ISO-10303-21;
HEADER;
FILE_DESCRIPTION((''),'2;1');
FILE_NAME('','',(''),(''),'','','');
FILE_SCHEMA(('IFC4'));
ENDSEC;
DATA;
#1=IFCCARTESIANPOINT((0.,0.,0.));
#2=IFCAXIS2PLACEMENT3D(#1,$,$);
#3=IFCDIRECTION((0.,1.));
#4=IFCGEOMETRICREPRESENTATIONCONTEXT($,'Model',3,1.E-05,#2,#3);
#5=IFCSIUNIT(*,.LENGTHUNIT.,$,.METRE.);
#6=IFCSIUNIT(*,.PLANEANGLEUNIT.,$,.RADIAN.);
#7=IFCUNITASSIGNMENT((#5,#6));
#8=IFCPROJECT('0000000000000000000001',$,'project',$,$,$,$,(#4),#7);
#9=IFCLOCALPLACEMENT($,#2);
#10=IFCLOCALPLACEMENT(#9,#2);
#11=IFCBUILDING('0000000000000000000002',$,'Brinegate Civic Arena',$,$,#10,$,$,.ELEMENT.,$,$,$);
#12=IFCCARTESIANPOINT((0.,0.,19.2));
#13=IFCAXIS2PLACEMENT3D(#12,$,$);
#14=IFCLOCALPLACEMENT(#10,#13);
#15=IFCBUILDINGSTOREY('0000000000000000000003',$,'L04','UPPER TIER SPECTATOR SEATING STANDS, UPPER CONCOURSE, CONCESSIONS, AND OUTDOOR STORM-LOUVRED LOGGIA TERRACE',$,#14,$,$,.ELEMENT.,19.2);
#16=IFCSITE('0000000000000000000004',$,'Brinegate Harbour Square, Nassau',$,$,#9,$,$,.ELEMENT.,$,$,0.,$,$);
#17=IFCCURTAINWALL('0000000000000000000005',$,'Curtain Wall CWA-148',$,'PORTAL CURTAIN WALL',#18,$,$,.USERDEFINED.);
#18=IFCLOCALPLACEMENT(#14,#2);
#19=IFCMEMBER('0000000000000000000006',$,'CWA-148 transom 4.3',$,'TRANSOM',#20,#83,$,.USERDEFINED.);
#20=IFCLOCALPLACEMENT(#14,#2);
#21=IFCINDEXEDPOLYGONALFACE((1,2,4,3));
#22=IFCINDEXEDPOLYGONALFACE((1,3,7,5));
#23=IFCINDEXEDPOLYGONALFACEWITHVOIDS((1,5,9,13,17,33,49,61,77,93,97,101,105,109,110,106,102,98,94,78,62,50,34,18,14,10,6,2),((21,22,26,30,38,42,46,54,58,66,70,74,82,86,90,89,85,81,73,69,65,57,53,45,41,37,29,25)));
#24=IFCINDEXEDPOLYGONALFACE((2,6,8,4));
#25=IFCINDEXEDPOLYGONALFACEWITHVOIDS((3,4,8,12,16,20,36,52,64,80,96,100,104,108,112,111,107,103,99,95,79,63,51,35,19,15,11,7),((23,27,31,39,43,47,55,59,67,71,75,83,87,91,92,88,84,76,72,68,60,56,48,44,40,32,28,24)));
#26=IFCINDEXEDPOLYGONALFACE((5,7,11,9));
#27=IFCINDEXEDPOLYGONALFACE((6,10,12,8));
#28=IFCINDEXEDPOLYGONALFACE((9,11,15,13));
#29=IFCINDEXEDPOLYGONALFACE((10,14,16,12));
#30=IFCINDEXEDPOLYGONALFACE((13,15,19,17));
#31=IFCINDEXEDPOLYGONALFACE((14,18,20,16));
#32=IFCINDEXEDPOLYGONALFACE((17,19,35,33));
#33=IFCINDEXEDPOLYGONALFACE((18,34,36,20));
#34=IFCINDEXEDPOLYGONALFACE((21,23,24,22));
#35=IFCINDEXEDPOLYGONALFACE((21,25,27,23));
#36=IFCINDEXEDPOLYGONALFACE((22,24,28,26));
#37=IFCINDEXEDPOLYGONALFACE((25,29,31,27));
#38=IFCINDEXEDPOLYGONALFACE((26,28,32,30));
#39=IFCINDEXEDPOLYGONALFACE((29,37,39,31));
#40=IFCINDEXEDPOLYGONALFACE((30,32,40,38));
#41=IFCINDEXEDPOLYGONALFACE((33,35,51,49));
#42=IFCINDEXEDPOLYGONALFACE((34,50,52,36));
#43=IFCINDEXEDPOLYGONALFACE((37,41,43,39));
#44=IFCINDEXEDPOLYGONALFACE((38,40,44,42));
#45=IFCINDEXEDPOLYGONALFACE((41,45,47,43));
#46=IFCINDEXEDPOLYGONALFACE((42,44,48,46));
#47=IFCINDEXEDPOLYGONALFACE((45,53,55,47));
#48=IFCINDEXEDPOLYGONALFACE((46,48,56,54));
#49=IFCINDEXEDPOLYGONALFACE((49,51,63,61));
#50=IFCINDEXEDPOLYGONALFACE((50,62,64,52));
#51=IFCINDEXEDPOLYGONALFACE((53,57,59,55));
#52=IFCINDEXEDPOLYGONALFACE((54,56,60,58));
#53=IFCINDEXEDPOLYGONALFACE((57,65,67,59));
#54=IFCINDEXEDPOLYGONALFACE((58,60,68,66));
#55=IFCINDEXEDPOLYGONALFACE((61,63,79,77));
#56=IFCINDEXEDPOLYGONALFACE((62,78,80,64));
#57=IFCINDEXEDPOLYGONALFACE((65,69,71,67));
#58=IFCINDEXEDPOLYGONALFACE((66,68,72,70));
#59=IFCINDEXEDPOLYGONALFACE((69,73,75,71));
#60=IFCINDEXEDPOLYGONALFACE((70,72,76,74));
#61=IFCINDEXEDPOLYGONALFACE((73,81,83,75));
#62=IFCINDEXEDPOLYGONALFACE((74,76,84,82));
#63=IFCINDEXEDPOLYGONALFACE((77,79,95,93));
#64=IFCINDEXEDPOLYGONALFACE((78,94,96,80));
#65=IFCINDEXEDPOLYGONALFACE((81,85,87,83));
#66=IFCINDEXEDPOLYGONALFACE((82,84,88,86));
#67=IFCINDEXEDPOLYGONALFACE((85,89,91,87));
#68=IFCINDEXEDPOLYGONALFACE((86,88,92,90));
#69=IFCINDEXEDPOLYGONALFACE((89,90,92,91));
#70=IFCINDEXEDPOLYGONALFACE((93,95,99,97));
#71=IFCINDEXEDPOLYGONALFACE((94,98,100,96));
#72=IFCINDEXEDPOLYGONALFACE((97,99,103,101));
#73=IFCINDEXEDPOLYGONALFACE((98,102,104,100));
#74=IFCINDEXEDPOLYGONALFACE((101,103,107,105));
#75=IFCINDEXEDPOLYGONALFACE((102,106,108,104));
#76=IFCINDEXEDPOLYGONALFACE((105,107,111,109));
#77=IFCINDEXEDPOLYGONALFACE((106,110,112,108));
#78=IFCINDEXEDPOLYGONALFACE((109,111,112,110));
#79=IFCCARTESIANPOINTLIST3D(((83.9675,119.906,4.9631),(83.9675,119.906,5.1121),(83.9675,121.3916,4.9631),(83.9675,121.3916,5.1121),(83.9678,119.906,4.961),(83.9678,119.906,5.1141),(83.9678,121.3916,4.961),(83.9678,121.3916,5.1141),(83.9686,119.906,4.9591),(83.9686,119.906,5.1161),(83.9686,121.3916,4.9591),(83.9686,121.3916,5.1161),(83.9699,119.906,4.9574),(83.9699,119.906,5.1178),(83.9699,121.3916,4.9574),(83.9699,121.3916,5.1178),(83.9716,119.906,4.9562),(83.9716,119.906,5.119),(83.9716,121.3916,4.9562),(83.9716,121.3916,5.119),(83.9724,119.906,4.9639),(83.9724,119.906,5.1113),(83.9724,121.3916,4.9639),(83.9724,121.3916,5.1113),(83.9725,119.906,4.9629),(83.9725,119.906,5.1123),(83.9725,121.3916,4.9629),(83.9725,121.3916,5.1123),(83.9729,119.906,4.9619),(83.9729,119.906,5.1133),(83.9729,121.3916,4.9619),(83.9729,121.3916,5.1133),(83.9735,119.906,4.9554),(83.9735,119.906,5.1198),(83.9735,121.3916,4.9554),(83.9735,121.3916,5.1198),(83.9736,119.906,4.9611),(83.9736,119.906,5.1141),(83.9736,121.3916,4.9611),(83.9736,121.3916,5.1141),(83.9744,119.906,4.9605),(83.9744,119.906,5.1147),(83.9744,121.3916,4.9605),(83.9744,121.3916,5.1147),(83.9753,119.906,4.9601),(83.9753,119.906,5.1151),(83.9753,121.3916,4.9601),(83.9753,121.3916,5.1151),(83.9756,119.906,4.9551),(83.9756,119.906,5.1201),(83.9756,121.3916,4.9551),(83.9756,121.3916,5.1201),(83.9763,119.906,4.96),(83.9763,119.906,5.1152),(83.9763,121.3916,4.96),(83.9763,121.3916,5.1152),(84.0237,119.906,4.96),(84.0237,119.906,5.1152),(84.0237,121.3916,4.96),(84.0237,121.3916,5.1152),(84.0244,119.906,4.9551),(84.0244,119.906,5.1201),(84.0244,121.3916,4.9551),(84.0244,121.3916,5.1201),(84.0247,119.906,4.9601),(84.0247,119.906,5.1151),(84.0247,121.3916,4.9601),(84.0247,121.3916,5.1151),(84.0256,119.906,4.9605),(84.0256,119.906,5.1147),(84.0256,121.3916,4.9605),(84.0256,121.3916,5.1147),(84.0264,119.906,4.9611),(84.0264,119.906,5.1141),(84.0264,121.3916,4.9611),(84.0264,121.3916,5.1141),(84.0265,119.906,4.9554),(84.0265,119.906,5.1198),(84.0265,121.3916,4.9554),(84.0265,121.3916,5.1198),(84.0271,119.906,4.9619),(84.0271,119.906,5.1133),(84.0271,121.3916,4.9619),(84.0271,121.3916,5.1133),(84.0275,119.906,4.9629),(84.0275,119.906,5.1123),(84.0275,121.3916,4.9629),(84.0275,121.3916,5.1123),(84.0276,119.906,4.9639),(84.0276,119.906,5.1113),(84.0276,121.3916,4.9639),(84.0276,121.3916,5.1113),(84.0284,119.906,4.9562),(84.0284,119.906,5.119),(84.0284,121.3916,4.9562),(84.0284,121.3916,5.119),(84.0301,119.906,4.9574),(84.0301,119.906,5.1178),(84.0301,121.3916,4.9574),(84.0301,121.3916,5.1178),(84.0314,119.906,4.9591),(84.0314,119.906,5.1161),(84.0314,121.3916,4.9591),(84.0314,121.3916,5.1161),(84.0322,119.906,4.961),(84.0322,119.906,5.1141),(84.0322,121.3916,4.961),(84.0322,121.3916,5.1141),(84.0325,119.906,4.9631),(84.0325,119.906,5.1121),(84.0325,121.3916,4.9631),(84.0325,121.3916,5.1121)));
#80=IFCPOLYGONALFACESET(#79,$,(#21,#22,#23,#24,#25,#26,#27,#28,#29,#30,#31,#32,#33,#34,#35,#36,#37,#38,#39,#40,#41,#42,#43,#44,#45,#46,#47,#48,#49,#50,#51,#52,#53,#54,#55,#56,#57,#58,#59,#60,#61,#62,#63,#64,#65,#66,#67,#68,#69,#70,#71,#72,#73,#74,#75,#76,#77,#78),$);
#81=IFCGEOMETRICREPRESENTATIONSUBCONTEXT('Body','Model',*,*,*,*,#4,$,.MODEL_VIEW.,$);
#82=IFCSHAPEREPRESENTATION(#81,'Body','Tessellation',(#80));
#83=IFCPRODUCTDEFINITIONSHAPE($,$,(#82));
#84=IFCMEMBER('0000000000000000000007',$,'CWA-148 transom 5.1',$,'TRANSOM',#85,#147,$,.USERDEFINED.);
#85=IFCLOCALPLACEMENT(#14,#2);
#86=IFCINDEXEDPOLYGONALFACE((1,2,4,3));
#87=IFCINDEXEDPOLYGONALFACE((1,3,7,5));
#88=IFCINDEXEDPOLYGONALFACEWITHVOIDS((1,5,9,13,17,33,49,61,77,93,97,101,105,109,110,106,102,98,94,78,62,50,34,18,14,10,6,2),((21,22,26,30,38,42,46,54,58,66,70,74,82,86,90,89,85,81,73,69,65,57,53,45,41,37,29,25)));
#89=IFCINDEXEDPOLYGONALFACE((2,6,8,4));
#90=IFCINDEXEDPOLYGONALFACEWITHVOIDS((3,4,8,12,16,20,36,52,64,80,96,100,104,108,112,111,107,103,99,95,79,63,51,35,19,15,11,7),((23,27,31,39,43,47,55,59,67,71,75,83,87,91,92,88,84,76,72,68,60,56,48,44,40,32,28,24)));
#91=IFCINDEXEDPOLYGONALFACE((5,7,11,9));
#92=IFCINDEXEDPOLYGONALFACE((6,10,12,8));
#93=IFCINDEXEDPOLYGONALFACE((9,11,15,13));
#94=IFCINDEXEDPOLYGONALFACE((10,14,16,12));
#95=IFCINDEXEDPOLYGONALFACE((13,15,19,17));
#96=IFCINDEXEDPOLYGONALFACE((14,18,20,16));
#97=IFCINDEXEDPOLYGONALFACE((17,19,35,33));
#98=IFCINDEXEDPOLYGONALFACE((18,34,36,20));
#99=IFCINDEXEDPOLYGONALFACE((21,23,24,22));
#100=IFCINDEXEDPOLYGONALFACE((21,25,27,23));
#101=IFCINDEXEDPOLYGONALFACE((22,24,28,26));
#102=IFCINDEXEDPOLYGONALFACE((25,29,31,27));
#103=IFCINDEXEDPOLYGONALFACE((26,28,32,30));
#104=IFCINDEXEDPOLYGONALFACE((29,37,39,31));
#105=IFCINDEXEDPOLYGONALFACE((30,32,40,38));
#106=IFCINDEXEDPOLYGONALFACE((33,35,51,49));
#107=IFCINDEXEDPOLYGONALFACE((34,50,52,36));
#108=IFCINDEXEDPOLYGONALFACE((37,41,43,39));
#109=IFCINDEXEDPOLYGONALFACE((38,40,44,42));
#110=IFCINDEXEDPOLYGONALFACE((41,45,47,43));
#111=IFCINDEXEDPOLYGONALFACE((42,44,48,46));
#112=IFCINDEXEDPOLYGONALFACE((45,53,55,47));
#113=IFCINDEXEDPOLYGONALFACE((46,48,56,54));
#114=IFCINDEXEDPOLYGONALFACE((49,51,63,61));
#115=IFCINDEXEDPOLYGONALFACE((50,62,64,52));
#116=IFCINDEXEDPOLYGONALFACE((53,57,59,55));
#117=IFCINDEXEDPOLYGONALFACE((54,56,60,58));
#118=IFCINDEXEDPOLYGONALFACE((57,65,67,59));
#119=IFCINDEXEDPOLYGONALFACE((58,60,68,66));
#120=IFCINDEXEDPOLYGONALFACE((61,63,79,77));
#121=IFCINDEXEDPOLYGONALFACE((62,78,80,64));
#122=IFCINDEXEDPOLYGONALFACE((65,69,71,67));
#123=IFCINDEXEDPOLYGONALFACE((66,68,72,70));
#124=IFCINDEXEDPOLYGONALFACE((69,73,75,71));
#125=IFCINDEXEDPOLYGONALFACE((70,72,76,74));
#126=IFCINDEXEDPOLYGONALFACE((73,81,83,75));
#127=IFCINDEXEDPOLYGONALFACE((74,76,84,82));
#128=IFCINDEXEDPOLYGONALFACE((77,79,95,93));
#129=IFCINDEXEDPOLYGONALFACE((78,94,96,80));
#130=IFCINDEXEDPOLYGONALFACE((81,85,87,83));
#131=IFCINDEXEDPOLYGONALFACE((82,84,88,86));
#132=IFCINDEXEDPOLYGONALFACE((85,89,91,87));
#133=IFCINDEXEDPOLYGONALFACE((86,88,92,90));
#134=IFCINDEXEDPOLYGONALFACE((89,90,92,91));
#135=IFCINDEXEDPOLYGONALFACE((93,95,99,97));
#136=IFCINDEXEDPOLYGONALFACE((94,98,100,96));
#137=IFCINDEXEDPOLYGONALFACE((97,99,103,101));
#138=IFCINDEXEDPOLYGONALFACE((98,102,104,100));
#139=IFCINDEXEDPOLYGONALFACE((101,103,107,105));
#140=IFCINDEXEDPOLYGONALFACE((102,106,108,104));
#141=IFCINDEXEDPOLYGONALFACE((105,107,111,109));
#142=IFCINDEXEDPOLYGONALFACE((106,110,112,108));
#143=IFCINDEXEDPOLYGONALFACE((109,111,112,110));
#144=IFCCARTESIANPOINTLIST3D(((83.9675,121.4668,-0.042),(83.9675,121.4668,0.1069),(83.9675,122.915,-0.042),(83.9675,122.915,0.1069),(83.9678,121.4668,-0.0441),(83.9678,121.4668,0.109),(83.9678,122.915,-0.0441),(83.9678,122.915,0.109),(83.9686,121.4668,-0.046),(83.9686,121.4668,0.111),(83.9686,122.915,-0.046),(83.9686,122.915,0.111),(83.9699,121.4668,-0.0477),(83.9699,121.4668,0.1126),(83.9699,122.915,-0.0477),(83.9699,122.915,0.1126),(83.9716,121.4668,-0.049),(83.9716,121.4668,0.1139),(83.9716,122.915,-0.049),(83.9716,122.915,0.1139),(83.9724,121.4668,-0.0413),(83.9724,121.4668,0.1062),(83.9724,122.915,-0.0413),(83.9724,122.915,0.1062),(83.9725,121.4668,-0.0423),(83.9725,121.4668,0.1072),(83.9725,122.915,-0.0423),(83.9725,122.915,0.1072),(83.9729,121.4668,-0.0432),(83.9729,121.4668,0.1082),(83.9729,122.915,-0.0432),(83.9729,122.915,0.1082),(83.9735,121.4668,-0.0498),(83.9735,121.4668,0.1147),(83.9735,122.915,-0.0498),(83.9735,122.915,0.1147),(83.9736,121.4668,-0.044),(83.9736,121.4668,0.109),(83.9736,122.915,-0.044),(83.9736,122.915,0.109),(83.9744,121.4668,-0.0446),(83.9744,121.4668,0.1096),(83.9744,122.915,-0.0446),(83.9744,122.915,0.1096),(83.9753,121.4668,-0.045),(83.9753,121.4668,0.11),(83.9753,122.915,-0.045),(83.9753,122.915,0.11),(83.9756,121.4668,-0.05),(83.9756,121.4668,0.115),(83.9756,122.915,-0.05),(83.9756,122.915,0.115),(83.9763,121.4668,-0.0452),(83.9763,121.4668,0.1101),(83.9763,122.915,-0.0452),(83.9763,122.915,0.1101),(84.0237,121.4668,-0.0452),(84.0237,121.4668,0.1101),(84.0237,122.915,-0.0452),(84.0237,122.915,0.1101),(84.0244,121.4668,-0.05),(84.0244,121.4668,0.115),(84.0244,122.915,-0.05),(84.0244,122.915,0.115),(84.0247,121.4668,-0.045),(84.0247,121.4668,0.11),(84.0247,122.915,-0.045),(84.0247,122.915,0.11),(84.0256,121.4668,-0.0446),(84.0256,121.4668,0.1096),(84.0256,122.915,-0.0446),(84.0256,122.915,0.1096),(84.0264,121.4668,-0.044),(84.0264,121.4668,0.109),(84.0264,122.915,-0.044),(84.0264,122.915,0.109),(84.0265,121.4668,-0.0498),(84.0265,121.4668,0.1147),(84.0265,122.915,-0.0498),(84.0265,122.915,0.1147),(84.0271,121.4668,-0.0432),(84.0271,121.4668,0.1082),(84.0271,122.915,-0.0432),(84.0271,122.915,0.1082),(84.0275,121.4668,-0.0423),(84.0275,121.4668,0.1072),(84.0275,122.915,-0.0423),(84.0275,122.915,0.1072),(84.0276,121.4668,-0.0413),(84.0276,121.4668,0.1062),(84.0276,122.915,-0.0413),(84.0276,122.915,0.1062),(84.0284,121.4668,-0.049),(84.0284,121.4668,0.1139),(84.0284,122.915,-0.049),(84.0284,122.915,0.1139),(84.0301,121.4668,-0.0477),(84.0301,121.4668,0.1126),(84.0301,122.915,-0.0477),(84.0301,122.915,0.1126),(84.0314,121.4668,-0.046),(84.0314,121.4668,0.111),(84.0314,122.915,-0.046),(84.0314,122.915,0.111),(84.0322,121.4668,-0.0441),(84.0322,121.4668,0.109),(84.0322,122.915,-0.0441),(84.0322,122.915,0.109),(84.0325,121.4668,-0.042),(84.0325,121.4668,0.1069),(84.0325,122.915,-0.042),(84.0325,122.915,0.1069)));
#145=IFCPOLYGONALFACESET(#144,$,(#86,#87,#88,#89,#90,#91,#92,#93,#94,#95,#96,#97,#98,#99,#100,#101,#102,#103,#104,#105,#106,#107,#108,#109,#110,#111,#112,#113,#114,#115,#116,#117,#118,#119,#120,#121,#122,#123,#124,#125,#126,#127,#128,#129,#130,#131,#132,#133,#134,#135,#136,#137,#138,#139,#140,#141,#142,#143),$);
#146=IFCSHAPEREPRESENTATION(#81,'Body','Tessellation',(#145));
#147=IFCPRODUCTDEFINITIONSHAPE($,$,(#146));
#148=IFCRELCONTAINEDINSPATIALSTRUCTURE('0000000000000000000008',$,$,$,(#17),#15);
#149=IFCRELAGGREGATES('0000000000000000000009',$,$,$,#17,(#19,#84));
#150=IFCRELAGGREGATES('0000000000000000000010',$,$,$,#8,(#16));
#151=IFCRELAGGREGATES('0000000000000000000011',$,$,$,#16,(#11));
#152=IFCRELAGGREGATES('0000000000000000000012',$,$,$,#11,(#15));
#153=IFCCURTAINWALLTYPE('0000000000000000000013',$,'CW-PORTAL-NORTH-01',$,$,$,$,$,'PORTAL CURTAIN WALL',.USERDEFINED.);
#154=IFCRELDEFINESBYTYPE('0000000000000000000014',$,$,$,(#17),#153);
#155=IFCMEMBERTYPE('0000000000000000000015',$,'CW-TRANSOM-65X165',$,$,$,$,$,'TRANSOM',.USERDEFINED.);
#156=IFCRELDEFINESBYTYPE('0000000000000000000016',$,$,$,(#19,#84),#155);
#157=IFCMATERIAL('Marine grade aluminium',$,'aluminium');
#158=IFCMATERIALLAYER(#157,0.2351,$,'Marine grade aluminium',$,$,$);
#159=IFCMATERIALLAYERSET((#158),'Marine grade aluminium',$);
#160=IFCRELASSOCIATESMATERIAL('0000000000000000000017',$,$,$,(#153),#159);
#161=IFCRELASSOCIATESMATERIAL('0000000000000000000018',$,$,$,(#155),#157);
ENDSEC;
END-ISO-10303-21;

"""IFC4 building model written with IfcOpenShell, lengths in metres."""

from ifc_helpers import new_model, si_unit, direction, frame, origin, origin_2d, place, context, subcontext, project, spatial, hollow_rectangle, extrude, material, layer, layer_set, material_profile, profile_set, type_object, element, aggregate, save


model = new_model("IFC4")

# Units and contexts
model_context = context("Model", 3, precision=1e-05, world=origin(), true_north=direction((0.0, 1.0)))
body_context = subcontext(model_context, "Body", "Model", "MODEL_VIEW")
ifc_project = project(units=[si_unit("LENGTHUNIT", "METRE"), si_unit("PLANEANGLEUNIT", "RADIAN")], contexts=[model_context])

# Site, building, storey
site_placement = place(None, origin())
site = spatial("IfcSite", under=ifc_project, at=site_placement, Name="Brinegate Harbour Square, Nassau", CompositionType="ELEMENT", RefElevation=0.0)
building_placement = place(site_placement, origin())
building = spatial("IfcBuilding", under=site, at=building_placement, Name="Brinegate Civic Arena", CompositionType="ELEMENT")
storey_placement = place(building_placement, frame((0.0, 0.0, 19.2)))
storey = spatial("IfcBuildingStorey", under=building, at=storey_placement, Name="L04", Description="UPPER TIER SPECTATOR SEATING STANDS, UPPER CONCOURSE, CONCESSIONS, AND OUTDOOR STORM-LOUVRED LOGGIA TERRACE", CompositionType="ELEMENT", Elevation=19.2)

# Shared definitions
ifc_material_1 = material(Name="Marine grade aluminium", Category="aluminium")
ifc_layer_1 = layer(ifc_material_1, 0.2351, Name="Marine grade aluminium")
ifc_layer_set_1 = layer_set([ifc_layer_1], Name="Marine grade aluminium")
curtain_wall_type = type_object("IfcCurtainWallType", Name="CW-PORTAL-NORTH-01", ElementType="PORTAL CURTAIN WALL", PredefinedType="USERDEFINED", material=ifc_layer_set_1)

# Curtain wall, members
curtain_wall_1_placement = place(storey_placement, origin())
curtain_wall_1 = element("IfcCurtainWall", 1, at=curtain_wall_1_placement, inside=storey, type_object=curtain_wall_type, Name="Curtain Wall CWA-148", ObjectType="PORTAL CURTAIN WALL", PredefinedType="USERDEFINED")
ifc_material_profile_1 = material_profile(ifc_material_1, hollow_rectangle(XDim=0.0649, YDim=0.165, WallThickness=0.0049, InnerFilletRadius=0.0039, OuterFilletRadius=0.0081, at=origin_2d()), Name="TRN65X165")
ifc_profile_set_1 = profile_set([ifc_material_profile_1], Name="Marine grade aluminium")
member_type_1 = type_object("IfcMemberType", Name="CW-TRANSOM-65X165", ElementType="TRANSOM", PredefinedType="USERDEFINED", material=ifc_profile_set_1)
member_1_placement = place(storey_placement, frame((84.0, 119.906, 5.0376), z_axis=(0.0, 1.0, 0.0), x_axis=(-1.0, 0.0, 0.0)))
member_1 = element("IfcMember", 2, at=member_1_placement, type_object=member_type_1, Name="CWA-148 transom 4.3", ObjectType="TRANSOM", PredefinedType="USERDEFINED", context=body_context, shape_type="SweptSolid", body=[
    extrude(hollow_rectangle(XDim=0.0649, YDim=0.165, WallThickness=0.0049, InnerFilletRadius=0.0039, OuterFilletRadius=0.0081, at=origin_2d()), origin(), (0.0, 0.0, 1.0), 1.4856),
])
member_2_placement = place(storey_placement, frame((84.0, 121.4668, 0.0325), z_axis=(0.0, 1.0, 0.0), x_axis=(-1.0, 0.0, 0.0)))
member_2 = element("IfcMember", 3, at=member_2_placement, type_object=member_type_1, Name="CWA-148 transom 5.1", ObjectType="TRANSOM", PredefinedType="USERDEFINED", context=body_context, shape_type="SweptSolid", body=[
    extrude(hollow_rectangle(XDim=0.0649, YDim=0.165, WallThickness=0.0049, InnerFilletRadius=0.0039, OuterFilletRadius=0.0081, at=origin_2d()), origin(), (0.0, 0.0, 1.0), 1.4482),
])

aggregate(curtain_wall_1, [member_1, member_2])

save(model, "model.ifc")
